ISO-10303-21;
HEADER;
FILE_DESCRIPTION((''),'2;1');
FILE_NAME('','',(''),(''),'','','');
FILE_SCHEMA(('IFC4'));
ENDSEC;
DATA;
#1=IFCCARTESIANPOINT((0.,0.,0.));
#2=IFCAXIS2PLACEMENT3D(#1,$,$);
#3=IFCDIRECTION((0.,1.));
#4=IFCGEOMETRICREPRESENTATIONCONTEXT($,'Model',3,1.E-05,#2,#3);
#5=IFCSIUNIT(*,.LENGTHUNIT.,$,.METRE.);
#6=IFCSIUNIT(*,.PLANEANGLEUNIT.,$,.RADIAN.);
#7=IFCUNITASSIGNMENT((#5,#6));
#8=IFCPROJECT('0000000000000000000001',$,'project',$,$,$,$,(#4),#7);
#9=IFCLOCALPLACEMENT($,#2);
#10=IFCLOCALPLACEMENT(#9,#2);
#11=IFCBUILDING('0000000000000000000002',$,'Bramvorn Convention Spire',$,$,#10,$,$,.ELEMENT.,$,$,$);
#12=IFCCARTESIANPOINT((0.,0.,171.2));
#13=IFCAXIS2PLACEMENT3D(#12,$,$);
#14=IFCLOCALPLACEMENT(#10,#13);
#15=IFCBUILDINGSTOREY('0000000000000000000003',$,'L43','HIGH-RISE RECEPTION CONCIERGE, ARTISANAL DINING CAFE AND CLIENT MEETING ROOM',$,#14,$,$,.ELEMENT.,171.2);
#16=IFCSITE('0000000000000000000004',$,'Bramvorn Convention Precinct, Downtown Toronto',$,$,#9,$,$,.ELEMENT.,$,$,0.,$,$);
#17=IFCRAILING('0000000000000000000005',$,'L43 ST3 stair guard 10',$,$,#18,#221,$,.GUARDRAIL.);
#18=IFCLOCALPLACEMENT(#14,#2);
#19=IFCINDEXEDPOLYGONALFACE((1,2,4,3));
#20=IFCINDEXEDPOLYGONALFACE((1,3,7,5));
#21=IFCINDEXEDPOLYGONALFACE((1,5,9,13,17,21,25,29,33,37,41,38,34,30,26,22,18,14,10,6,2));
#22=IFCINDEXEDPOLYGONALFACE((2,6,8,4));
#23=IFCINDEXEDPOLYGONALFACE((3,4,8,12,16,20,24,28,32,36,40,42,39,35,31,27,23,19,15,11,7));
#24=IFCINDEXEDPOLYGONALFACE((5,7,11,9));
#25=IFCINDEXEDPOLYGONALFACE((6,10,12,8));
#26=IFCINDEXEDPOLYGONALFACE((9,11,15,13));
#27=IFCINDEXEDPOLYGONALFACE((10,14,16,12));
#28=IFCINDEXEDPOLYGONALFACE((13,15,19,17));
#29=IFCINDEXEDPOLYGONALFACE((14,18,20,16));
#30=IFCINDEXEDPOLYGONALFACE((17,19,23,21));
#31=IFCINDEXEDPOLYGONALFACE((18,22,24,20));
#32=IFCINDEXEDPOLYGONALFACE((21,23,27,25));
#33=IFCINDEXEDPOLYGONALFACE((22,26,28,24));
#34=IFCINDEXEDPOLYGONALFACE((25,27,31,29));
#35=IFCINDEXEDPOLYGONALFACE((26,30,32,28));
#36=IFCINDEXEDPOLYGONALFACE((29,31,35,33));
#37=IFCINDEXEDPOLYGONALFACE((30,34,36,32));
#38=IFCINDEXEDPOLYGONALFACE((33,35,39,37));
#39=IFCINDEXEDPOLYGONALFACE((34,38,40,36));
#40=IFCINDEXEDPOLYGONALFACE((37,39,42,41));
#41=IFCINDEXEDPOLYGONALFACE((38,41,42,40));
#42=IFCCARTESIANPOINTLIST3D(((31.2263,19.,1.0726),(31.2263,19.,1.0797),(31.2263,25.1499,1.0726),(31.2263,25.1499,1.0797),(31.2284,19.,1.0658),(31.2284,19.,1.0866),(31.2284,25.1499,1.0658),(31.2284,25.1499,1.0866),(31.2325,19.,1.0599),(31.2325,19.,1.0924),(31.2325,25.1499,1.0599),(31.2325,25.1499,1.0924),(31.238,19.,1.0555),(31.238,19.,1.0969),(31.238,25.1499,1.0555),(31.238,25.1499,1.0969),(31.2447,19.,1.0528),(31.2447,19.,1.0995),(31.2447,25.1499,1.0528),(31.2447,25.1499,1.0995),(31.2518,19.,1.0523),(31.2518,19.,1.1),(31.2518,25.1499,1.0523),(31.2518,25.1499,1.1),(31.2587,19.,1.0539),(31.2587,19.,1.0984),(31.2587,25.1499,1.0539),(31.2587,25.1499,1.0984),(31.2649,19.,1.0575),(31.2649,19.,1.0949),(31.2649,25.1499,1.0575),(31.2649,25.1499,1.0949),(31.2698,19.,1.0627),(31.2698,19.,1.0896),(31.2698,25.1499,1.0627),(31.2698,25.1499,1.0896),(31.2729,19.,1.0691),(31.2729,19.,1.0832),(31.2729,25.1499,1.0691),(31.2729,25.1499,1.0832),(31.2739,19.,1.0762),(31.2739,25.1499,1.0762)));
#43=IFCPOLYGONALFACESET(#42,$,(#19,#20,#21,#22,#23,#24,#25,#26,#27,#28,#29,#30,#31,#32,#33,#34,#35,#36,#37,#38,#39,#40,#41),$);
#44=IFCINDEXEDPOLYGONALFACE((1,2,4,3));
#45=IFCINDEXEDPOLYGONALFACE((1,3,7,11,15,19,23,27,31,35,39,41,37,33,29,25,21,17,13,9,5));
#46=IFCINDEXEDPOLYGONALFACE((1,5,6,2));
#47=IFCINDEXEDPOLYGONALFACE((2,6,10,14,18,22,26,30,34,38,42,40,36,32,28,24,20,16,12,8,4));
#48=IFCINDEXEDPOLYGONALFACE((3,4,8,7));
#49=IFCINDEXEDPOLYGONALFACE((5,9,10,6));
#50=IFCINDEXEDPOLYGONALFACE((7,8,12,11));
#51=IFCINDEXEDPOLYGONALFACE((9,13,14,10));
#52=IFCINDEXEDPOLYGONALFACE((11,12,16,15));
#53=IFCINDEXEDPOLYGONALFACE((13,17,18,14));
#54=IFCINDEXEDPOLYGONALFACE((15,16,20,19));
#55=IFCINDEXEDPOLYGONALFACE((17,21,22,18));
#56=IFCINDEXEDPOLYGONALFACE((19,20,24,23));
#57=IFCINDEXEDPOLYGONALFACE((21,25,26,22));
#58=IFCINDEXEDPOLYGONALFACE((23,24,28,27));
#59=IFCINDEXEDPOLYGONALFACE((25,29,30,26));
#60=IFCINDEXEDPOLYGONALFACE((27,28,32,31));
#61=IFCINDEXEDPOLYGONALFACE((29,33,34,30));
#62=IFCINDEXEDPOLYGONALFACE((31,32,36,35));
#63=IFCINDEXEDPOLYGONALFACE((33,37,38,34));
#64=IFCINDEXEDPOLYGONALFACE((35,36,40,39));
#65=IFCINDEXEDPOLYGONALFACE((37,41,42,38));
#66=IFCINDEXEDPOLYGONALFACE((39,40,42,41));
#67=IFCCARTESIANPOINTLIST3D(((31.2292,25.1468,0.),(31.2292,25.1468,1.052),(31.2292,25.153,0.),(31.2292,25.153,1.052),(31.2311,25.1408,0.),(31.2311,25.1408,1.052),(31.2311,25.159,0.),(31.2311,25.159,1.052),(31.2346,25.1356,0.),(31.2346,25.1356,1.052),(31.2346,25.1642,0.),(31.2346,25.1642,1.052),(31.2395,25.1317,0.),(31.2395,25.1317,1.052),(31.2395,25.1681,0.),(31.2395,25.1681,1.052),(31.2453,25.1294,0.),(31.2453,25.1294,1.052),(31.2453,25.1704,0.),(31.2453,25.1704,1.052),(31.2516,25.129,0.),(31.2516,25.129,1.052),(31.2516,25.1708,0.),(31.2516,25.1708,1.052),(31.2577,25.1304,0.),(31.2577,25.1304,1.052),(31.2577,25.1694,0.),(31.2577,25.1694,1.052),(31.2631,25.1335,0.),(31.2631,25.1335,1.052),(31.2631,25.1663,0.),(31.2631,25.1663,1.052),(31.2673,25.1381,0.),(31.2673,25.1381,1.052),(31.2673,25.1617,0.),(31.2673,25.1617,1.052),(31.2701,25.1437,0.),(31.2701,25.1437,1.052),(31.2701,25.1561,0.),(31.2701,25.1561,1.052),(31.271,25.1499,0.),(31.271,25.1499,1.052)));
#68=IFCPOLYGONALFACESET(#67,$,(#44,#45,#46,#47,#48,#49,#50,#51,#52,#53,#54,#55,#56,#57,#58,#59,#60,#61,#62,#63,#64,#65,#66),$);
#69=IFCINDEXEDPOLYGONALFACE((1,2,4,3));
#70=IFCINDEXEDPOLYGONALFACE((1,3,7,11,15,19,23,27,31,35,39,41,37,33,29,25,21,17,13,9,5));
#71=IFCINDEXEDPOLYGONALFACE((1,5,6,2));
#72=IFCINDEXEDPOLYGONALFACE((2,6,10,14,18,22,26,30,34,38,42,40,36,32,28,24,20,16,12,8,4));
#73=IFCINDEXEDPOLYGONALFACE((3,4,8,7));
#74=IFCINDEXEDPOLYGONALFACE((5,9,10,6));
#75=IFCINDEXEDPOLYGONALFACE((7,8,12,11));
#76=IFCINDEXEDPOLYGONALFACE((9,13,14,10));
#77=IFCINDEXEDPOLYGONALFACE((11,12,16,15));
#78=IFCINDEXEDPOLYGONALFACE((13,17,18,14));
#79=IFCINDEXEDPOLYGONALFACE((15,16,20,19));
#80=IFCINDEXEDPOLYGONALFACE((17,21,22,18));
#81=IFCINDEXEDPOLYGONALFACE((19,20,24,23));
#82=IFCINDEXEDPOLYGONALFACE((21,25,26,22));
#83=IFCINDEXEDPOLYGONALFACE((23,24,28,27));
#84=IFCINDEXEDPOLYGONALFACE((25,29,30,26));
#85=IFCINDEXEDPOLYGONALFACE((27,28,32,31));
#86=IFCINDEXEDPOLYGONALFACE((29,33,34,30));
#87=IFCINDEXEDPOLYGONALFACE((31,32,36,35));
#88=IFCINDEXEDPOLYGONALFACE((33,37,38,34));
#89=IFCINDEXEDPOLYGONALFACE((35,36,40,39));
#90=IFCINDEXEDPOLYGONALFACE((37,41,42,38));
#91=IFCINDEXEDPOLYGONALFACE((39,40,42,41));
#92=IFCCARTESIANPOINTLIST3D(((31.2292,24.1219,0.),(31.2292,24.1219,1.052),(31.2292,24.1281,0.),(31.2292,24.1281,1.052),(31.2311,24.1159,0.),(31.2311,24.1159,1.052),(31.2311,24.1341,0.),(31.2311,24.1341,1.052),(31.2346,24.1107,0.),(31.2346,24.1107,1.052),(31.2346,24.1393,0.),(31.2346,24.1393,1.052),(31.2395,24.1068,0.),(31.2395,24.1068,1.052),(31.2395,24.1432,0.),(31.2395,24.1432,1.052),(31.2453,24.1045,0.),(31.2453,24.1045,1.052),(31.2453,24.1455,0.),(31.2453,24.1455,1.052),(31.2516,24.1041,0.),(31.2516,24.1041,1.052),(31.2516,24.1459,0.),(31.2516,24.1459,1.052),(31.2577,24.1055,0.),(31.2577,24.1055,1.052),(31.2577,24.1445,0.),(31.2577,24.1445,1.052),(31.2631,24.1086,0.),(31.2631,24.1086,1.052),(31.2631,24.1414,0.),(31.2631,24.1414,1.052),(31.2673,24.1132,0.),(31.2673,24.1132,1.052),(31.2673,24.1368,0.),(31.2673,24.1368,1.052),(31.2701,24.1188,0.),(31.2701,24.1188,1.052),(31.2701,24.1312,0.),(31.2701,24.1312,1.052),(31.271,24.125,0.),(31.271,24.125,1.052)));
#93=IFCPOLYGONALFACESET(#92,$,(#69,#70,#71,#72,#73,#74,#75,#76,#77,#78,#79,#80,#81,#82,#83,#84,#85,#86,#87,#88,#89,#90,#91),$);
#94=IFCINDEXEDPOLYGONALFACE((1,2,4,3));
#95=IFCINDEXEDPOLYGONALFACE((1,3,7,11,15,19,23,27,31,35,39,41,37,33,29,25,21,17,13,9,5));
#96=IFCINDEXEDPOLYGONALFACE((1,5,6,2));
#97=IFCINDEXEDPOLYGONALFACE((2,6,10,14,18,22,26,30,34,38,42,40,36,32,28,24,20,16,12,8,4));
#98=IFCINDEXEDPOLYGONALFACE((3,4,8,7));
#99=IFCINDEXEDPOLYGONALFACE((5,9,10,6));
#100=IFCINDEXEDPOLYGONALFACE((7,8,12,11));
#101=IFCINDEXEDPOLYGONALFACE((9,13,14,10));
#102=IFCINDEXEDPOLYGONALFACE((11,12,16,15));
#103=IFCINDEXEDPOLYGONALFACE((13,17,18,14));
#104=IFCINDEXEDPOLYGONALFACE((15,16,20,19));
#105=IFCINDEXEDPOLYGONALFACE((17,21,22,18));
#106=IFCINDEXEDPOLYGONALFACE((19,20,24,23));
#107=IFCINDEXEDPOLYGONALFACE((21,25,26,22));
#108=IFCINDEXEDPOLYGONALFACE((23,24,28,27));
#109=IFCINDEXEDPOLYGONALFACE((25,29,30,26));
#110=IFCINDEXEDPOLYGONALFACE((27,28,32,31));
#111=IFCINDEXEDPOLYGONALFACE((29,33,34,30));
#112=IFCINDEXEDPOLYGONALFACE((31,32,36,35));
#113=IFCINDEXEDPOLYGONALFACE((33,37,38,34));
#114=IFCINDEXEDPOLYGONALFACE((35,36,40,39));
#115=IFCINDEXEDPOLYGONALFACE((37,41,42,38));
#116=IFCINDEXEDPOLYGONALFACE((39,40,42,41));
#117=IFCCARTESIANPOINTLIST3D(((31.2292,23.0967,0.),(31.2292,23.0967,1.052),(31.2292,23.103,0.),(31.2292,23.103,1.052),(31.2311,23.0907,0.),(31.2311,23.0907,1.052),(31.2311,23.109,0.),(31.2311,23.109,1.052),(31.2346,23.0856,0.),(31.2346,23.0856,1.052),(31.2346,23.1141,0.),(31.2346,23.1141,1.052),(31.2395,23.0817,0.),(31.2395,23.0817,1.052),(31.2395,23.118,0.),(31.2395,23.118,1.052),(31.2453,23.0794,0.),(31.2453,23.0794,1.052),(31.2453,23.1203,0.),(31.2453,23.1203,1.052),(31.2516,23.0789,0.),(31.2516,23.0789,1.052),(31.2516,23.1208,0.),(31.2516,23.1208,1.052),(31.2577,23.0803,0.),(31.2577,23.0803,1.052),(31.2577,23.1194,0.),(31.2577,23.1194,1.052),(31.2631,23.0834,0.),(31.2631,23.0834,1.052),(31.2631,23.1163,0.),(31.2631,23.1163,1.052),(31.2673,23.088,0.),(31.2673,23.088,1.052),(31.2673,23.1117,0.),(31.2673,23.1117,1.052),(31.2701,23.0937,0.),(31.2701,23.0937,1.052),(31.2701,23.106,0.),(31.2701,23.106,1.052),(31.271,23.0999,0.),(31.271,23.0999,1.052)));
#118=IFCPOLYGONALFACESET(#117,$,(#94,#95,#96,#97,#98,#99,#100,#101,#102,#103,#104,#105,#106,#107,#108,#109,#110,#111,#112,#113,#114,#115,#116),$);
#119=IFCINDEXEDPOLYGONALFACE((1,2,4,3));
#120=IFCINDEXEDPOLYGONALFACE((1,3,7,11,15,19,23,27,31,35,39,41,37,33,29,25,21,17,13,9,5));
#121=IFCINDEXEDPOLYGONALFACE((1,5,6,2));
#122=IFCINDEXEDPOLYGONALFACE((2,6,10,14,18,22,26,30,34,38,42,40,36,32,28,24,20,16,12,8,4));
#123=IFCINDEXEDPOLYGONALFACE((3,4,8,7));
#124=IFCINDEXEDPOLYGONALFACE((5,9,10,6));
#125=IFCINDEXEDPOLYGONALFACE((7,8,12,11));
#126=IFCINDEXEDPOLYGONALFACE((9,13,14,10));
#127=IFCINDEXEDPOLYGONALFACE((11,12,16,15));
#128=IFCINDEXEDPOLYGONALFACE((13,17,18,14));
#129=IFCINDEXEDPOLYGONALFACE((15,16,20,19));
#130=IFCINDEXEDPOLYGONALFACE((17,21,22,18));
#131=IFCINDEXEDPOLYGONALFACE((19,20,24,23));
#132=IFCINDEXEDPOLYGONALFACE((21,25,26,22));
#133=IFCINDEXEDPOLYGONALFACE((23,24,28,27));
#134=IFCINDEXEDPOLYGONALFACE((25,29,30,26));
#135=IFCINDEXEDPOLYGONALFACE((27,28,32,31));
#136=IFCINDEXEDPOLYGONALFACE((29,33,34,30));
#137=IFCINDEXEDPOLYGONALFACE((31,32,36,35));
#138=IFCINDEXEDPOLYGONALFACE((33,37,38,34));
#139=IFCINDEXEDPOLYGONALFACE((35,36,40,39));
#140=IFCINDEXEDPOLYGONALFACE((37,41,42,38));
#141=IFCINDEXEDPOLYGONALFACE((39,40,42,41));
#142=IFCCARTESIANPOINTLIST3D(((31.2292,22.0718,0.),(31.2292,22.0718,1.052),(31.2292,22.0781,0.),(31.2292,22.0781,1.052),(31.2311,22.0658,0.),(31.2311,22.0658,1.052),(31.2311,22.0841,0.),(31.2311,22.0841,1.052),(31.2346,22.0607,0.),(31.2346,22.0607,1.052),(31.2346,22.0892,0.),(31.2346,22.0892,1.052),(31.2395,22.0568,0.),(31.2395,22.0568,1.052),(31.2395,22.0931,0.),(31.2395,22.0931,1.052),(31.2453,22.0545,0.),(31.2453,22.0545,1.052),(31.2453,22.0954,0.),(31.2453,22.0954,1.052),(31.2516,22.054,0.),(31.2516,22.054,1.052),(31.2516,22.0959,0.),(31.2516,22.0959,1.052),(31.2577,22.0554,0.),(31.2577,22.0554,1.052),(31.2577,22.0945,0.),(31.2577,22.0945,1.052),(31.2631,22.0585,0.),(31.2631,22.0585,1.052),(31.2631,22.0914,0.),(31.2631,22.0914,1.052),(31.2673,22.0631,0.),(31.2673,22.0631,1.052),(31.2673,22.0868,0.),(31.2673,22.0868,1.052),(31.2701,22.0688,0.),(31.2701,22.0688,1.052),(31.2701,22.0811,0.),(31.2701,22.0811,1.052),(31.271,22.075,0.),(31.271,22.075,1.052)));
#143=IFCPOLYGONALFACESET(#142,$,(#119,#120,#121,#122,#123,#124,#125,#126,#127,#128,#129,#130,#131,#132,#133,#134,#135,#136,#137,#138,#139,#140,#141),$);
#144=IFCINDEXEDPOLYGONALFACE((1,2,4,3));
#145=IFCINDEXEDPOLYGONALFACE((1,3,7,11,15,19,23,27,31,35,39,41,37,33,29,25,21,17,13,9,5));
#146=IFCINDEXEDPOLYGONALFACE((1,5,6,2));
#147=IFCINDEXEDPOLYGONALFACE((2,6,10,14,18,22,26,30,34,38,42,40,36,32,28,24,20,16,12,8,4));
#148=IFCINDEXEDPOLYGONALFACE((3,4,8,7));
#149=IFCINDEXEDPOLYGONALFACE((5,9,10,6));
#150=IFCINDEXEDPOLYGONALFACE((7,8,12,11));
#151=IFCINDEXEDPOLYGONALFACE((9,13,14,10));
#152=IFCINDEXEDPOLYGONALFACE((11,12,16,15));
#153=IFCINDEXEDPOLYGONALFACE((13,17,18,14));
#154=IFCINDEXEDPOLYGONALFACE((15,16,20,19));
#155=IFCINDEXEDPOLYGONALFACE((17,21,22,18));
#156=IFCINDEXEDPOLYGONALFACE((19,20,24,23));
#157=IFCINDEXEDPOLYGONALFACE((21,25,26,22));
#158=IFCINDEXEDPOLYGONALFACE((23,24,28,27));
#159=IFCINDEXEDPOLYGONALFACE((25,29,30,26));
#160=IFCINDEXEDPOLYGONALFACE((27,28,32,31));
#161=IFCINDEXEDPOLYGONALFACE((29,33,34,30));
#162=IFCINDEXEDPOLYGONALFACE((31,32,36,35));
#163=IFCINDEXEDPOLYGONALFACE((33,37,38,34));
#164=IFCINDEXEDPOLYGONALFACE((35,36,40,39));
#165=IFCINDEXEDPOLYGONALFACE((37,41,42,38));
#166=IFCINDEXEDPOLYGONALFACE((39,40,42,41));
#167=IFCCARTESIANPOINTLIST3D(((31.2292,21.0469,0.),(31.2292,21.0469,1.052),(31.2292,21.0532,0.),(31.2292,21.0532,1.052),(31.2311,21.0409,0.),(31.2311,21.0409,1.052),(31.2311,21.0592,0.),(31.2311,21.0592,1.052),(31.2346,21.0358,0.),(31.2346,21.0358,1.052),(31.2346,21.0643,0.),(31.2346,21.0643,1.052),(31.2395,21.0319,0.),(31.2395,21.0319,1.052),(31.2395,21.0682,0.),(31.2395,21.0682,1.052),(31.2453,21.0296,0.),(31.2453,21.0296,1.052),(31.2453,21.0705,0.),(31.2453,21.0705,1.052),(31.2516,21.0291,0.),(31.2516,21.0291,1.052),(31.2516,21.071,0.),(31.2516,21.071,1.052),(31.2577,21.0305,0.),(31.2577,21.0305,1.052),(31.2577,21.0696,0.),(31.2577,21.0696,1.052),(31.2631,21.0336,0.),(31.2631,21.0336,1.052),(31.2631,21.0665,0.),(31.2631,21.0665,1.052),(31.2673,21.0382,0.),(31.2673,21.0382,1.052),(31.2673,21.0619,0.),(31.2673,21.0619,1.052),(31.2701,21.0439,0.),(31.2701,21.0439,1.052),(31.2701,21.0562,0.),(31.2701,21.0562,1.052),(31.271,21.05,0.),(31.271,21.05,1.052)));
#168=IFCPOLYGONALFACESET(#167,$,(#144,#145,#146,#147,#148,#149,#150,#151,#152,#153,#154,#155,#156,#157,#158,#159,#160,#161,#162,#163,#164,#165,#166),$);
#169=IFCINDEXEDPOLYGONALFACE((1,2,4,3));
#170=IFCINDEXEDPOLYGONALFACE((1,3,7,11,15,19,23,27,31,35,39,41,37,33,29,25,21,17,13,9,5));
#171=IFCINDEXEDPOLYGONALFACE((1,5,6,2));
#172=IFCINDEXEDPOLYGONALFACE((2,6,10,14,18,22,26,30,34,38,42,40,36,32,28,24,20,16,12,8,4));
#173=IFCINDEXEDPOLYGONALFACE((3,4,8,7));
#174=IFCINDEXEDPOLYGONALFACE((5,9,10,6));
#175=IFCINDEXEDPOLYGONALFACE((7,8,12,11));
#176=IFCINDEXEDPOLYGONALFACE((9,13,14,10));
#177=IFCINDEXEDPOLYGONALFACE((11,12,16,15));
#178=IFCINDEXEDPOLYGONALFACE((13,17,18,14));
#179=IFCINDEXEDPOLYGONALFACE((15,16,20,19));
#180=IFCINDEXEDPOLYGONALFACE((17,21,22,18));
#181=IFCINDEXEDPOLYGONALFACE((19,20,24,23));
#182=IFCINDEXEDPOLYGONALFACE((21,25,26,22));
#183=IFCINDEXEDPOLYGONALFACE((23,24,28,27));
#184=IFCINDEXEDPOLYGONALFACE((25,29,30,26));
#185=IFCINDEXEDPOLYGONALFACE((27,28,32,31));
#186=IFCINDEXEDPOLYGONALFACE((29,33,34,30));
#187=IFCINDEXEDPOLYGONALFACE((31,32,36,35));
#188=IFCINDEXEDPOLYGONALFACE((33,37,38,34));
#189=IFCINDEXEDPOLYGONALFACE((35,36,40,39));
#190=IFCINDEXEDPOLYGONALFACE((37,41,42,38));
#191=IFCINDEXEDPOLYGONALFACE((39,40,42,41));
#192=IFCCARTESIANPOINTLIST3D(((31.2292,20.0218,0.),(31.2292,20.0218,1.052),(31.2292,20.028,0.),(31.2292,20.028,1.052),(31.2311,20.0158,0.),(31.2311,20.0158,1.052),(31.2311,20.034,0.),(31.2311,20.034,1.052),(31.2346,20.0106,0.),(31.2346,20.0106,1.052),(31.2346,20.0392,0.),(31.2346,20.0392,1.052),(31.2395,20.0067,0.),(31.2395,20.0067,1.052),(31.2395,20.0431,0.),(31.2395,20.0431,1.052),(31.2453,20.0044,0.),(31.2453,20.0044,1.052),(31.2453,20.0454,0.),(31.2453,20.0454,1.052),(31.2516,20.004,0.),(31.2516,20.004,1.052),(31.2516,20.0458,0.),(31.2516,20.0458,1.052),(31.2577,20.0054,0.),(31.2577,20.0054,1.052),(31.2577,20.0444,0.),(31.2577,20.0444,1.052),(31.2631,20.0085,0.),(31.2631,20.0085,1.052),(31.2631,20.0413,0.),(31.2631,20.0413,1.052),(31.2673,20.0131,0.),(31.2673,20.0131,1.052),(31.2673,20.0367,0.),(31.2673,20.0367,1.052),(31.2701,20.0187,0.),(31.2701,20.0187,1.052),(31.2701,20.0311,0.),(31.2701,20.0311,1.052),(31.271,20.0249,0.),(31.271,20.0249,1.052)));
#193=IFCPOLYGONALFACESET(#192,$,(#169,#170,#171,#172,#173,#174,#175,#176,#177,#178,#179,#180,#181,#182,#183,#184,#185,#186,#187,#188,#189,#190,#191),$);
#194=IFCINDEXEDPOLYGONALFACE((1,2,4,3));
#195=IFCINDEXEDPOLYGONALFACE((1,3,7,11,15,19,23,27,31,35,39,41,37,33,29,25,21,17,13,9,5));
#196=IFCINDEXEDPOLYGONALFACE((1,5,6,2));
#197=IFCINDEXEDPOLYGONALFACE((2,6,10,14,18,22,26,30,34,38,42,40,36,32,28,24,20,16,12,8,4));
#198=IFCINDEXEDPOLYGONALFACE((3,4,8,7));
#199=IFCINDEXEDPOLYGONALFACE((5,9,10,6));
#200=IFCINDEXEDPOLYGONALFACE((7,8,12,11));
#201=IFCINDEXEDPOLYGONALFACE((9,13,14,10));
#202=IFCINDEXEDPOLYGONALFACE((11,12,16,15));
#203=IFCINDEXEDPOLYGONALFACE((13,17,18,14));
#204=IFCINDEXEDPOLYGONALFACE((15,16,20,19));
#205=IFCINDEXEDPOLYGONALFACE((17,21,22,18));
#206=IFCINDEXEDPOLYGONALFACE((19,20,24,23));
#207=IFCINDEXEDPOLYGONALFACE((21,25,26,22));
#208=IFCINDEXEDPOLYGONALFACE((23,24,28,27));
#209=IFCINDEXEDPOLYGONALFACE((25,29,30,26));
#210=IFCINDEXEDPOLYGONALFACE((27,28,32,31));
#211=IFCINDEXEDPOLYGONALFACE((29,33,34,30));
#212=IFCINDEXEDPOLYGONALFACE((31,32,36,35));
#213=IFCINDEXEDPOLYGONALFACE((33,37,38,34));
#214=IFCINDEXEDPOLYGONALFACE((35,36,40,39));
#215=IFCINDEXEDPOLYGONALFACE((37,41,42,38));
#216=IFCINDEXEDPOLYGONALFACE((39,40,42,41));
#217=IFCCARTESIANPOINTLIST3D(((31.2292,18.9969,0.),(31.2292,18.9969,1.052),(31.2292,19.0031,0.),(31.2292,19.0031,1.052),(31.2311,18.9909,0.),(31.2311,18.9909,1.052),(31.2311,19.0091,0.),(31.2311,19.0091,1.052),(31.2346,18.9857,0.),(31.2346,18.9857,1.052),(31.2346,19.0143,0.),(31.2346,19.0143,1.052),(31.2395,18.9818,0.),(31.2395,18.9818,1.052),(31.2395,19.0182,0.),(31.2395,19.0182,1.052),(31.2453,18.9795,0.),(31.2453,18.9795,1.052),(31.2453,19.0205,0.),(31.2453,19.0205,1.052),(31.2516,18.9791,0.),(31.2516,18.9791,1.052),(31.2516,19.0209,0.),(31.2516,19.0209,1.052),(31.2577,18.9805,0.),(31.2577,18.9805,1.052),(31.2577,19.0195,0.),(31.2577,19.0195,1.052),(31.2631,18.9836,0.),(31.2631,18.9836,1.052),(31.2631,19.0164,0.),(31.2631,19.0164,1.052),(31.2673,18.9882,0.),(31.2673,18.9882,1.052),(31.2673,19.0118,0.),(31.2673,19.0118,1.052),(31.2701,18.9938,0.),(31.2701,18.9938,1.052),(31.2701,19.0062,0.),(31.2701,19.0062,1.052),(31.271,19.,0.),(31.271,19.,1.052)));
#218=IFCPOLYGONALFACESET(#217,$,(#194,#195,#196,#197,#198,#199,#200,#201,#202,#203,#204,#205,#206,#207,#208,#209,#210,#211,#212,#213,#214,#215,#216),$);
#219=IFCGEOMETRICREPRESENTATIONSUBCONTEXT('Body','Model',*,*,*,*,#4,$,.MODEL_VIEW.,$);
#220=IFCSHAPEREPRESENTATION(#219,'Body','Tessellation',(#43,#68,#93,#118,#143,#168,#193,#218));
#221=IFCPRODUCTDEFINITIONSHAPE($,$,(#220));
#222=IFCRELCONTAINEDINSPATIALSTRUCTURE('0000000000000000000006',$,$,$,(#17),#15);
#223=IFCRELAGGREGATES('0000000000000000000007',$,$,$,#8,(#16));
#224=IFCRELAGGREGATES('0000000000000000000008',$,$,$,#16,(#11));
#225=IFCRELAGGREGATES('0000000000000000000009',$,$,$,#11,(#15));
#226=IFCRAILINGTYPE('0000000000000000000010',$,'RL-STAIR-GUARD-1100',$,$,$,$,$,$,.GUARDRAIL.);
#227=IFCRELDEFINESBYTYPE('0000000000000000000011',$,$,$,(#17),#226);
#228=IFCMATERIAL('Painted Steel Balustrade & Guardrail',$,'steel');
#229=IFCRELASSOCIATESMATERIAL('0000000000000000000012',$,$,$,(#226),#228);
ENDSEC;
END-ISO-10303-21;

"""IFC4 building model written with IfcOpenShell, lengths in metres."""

from ifc_helpers import new_model, si_unit, direction, frame, origin, origin_2d, place, context, subcontext, project, spatial, circle, extrude, material, type_object, element, save


model = new_model("IFC4")

# Units and contexts
model_context = context("Model", 3, precision=1e-05, world=origin(), true_north=direction((0.0, 1.0)))
body_context = subcontext(model_context, "Body", "Model", "MODEL_VIEW")
ifc_project = project(units=[si_unit("LENGTHUNIT", "METRE"), si_unit("PLANEANGLEUNIT", "RADIAN")], contexts=[model_context])

# Site, building, storey
site_placement = place(None, origin())
site = spatial("IfcSite", under=ifc_project, at=site_placement, Name="Bramvorn Convention Precinct, Downtown Toronto", CompositionType="ELEMENT", RefElevation=0.0)
building_placement = place(site_placement, origin())
building = spatial("IfcBuilding", under=site, at=building_placement, Name="Bramvorn Convention Spire", CompositionType="ELEMENT")
storey_placement = place(building_placement, frame((0.0, 0.0, 171.2)))
storey = spatial("IfcBuildingStorey", under=building, at=storey_placement, Name="L43", Description="HIGH-RISE RECEPTION CONCIERGE, ARTISANAL DINING CAFE AND CLIENT MEETING ROOM", CompositionType="ELEMENT", Elevation=171.2)

# Railing
ifc_material_1 = material(Name="Painted Steel Balustrade & Guardrail", Category="steel")
railing_type = type_object("IfcRailingType", Name="RL-STAIR-GUARD-1100", PredefinedType="GUARDRAIL", material=ifc_material_1)
railing_1_placement = place(storey_placement, frame((31.25, 25.1499, 0.0)))
element("IfcRailing", 1, at=railing_1_placement, inside=storey, type_object=railing_type, Name="L43 ST3 stair guard 10", PredefinedType="GUARDRAIL", context=body_context, shape_type="SweptSolid", body=[
    extrude(circle(Radius=0.0239, at=origin_2d()), frame((0.0, 0.0, 1.0762), z_axis=(0.0, -1.0, 0.0), x_axis=(1.0, 0.0, 0.0)), (0.0, 0.0, 1.0), 6.1499),
    extrude(circle(Radius=0.021, at=origin_2d()), origin(), (0.0, 0.0, 1.0), 1.052),
    extrude(circle(Radius=0.021, at=origin_2d()), frame((0.0, -1.0249, 0.0)), (0.0, 0.0, 1.0), 1.052),
    extrude(circle(Radius=0.021, at=origin_2d()), frame((0.0, -2.05, 0.0)), (0.0, 0.0, 1.0), 1.052),
    extrude(circle(Radius=0.021, at=origin_2d()), frame((0.0, -3.075, 0.0)), (0.0, 0.0, 1.0), 1.052),
    extrude(circle(Radius=0.021, at=origin_2d()), frame((0.0, -4.0999, 0.0)), (0.0, 0.0, 1.0), 1.052),
    extrude(circle(Radius=0.021, at=origin_2d()), frame((0.0, -5.125, 0.0)), (0.0, 0.0, 1.0), 1.052),
    extrude(circle(Radius=0.021, at=origin_2d()), frame((0.0, -6.1499, 0.0)), (0.0, 0.0, 1.0), 1.052),
])

save(model, "model.ifc")
